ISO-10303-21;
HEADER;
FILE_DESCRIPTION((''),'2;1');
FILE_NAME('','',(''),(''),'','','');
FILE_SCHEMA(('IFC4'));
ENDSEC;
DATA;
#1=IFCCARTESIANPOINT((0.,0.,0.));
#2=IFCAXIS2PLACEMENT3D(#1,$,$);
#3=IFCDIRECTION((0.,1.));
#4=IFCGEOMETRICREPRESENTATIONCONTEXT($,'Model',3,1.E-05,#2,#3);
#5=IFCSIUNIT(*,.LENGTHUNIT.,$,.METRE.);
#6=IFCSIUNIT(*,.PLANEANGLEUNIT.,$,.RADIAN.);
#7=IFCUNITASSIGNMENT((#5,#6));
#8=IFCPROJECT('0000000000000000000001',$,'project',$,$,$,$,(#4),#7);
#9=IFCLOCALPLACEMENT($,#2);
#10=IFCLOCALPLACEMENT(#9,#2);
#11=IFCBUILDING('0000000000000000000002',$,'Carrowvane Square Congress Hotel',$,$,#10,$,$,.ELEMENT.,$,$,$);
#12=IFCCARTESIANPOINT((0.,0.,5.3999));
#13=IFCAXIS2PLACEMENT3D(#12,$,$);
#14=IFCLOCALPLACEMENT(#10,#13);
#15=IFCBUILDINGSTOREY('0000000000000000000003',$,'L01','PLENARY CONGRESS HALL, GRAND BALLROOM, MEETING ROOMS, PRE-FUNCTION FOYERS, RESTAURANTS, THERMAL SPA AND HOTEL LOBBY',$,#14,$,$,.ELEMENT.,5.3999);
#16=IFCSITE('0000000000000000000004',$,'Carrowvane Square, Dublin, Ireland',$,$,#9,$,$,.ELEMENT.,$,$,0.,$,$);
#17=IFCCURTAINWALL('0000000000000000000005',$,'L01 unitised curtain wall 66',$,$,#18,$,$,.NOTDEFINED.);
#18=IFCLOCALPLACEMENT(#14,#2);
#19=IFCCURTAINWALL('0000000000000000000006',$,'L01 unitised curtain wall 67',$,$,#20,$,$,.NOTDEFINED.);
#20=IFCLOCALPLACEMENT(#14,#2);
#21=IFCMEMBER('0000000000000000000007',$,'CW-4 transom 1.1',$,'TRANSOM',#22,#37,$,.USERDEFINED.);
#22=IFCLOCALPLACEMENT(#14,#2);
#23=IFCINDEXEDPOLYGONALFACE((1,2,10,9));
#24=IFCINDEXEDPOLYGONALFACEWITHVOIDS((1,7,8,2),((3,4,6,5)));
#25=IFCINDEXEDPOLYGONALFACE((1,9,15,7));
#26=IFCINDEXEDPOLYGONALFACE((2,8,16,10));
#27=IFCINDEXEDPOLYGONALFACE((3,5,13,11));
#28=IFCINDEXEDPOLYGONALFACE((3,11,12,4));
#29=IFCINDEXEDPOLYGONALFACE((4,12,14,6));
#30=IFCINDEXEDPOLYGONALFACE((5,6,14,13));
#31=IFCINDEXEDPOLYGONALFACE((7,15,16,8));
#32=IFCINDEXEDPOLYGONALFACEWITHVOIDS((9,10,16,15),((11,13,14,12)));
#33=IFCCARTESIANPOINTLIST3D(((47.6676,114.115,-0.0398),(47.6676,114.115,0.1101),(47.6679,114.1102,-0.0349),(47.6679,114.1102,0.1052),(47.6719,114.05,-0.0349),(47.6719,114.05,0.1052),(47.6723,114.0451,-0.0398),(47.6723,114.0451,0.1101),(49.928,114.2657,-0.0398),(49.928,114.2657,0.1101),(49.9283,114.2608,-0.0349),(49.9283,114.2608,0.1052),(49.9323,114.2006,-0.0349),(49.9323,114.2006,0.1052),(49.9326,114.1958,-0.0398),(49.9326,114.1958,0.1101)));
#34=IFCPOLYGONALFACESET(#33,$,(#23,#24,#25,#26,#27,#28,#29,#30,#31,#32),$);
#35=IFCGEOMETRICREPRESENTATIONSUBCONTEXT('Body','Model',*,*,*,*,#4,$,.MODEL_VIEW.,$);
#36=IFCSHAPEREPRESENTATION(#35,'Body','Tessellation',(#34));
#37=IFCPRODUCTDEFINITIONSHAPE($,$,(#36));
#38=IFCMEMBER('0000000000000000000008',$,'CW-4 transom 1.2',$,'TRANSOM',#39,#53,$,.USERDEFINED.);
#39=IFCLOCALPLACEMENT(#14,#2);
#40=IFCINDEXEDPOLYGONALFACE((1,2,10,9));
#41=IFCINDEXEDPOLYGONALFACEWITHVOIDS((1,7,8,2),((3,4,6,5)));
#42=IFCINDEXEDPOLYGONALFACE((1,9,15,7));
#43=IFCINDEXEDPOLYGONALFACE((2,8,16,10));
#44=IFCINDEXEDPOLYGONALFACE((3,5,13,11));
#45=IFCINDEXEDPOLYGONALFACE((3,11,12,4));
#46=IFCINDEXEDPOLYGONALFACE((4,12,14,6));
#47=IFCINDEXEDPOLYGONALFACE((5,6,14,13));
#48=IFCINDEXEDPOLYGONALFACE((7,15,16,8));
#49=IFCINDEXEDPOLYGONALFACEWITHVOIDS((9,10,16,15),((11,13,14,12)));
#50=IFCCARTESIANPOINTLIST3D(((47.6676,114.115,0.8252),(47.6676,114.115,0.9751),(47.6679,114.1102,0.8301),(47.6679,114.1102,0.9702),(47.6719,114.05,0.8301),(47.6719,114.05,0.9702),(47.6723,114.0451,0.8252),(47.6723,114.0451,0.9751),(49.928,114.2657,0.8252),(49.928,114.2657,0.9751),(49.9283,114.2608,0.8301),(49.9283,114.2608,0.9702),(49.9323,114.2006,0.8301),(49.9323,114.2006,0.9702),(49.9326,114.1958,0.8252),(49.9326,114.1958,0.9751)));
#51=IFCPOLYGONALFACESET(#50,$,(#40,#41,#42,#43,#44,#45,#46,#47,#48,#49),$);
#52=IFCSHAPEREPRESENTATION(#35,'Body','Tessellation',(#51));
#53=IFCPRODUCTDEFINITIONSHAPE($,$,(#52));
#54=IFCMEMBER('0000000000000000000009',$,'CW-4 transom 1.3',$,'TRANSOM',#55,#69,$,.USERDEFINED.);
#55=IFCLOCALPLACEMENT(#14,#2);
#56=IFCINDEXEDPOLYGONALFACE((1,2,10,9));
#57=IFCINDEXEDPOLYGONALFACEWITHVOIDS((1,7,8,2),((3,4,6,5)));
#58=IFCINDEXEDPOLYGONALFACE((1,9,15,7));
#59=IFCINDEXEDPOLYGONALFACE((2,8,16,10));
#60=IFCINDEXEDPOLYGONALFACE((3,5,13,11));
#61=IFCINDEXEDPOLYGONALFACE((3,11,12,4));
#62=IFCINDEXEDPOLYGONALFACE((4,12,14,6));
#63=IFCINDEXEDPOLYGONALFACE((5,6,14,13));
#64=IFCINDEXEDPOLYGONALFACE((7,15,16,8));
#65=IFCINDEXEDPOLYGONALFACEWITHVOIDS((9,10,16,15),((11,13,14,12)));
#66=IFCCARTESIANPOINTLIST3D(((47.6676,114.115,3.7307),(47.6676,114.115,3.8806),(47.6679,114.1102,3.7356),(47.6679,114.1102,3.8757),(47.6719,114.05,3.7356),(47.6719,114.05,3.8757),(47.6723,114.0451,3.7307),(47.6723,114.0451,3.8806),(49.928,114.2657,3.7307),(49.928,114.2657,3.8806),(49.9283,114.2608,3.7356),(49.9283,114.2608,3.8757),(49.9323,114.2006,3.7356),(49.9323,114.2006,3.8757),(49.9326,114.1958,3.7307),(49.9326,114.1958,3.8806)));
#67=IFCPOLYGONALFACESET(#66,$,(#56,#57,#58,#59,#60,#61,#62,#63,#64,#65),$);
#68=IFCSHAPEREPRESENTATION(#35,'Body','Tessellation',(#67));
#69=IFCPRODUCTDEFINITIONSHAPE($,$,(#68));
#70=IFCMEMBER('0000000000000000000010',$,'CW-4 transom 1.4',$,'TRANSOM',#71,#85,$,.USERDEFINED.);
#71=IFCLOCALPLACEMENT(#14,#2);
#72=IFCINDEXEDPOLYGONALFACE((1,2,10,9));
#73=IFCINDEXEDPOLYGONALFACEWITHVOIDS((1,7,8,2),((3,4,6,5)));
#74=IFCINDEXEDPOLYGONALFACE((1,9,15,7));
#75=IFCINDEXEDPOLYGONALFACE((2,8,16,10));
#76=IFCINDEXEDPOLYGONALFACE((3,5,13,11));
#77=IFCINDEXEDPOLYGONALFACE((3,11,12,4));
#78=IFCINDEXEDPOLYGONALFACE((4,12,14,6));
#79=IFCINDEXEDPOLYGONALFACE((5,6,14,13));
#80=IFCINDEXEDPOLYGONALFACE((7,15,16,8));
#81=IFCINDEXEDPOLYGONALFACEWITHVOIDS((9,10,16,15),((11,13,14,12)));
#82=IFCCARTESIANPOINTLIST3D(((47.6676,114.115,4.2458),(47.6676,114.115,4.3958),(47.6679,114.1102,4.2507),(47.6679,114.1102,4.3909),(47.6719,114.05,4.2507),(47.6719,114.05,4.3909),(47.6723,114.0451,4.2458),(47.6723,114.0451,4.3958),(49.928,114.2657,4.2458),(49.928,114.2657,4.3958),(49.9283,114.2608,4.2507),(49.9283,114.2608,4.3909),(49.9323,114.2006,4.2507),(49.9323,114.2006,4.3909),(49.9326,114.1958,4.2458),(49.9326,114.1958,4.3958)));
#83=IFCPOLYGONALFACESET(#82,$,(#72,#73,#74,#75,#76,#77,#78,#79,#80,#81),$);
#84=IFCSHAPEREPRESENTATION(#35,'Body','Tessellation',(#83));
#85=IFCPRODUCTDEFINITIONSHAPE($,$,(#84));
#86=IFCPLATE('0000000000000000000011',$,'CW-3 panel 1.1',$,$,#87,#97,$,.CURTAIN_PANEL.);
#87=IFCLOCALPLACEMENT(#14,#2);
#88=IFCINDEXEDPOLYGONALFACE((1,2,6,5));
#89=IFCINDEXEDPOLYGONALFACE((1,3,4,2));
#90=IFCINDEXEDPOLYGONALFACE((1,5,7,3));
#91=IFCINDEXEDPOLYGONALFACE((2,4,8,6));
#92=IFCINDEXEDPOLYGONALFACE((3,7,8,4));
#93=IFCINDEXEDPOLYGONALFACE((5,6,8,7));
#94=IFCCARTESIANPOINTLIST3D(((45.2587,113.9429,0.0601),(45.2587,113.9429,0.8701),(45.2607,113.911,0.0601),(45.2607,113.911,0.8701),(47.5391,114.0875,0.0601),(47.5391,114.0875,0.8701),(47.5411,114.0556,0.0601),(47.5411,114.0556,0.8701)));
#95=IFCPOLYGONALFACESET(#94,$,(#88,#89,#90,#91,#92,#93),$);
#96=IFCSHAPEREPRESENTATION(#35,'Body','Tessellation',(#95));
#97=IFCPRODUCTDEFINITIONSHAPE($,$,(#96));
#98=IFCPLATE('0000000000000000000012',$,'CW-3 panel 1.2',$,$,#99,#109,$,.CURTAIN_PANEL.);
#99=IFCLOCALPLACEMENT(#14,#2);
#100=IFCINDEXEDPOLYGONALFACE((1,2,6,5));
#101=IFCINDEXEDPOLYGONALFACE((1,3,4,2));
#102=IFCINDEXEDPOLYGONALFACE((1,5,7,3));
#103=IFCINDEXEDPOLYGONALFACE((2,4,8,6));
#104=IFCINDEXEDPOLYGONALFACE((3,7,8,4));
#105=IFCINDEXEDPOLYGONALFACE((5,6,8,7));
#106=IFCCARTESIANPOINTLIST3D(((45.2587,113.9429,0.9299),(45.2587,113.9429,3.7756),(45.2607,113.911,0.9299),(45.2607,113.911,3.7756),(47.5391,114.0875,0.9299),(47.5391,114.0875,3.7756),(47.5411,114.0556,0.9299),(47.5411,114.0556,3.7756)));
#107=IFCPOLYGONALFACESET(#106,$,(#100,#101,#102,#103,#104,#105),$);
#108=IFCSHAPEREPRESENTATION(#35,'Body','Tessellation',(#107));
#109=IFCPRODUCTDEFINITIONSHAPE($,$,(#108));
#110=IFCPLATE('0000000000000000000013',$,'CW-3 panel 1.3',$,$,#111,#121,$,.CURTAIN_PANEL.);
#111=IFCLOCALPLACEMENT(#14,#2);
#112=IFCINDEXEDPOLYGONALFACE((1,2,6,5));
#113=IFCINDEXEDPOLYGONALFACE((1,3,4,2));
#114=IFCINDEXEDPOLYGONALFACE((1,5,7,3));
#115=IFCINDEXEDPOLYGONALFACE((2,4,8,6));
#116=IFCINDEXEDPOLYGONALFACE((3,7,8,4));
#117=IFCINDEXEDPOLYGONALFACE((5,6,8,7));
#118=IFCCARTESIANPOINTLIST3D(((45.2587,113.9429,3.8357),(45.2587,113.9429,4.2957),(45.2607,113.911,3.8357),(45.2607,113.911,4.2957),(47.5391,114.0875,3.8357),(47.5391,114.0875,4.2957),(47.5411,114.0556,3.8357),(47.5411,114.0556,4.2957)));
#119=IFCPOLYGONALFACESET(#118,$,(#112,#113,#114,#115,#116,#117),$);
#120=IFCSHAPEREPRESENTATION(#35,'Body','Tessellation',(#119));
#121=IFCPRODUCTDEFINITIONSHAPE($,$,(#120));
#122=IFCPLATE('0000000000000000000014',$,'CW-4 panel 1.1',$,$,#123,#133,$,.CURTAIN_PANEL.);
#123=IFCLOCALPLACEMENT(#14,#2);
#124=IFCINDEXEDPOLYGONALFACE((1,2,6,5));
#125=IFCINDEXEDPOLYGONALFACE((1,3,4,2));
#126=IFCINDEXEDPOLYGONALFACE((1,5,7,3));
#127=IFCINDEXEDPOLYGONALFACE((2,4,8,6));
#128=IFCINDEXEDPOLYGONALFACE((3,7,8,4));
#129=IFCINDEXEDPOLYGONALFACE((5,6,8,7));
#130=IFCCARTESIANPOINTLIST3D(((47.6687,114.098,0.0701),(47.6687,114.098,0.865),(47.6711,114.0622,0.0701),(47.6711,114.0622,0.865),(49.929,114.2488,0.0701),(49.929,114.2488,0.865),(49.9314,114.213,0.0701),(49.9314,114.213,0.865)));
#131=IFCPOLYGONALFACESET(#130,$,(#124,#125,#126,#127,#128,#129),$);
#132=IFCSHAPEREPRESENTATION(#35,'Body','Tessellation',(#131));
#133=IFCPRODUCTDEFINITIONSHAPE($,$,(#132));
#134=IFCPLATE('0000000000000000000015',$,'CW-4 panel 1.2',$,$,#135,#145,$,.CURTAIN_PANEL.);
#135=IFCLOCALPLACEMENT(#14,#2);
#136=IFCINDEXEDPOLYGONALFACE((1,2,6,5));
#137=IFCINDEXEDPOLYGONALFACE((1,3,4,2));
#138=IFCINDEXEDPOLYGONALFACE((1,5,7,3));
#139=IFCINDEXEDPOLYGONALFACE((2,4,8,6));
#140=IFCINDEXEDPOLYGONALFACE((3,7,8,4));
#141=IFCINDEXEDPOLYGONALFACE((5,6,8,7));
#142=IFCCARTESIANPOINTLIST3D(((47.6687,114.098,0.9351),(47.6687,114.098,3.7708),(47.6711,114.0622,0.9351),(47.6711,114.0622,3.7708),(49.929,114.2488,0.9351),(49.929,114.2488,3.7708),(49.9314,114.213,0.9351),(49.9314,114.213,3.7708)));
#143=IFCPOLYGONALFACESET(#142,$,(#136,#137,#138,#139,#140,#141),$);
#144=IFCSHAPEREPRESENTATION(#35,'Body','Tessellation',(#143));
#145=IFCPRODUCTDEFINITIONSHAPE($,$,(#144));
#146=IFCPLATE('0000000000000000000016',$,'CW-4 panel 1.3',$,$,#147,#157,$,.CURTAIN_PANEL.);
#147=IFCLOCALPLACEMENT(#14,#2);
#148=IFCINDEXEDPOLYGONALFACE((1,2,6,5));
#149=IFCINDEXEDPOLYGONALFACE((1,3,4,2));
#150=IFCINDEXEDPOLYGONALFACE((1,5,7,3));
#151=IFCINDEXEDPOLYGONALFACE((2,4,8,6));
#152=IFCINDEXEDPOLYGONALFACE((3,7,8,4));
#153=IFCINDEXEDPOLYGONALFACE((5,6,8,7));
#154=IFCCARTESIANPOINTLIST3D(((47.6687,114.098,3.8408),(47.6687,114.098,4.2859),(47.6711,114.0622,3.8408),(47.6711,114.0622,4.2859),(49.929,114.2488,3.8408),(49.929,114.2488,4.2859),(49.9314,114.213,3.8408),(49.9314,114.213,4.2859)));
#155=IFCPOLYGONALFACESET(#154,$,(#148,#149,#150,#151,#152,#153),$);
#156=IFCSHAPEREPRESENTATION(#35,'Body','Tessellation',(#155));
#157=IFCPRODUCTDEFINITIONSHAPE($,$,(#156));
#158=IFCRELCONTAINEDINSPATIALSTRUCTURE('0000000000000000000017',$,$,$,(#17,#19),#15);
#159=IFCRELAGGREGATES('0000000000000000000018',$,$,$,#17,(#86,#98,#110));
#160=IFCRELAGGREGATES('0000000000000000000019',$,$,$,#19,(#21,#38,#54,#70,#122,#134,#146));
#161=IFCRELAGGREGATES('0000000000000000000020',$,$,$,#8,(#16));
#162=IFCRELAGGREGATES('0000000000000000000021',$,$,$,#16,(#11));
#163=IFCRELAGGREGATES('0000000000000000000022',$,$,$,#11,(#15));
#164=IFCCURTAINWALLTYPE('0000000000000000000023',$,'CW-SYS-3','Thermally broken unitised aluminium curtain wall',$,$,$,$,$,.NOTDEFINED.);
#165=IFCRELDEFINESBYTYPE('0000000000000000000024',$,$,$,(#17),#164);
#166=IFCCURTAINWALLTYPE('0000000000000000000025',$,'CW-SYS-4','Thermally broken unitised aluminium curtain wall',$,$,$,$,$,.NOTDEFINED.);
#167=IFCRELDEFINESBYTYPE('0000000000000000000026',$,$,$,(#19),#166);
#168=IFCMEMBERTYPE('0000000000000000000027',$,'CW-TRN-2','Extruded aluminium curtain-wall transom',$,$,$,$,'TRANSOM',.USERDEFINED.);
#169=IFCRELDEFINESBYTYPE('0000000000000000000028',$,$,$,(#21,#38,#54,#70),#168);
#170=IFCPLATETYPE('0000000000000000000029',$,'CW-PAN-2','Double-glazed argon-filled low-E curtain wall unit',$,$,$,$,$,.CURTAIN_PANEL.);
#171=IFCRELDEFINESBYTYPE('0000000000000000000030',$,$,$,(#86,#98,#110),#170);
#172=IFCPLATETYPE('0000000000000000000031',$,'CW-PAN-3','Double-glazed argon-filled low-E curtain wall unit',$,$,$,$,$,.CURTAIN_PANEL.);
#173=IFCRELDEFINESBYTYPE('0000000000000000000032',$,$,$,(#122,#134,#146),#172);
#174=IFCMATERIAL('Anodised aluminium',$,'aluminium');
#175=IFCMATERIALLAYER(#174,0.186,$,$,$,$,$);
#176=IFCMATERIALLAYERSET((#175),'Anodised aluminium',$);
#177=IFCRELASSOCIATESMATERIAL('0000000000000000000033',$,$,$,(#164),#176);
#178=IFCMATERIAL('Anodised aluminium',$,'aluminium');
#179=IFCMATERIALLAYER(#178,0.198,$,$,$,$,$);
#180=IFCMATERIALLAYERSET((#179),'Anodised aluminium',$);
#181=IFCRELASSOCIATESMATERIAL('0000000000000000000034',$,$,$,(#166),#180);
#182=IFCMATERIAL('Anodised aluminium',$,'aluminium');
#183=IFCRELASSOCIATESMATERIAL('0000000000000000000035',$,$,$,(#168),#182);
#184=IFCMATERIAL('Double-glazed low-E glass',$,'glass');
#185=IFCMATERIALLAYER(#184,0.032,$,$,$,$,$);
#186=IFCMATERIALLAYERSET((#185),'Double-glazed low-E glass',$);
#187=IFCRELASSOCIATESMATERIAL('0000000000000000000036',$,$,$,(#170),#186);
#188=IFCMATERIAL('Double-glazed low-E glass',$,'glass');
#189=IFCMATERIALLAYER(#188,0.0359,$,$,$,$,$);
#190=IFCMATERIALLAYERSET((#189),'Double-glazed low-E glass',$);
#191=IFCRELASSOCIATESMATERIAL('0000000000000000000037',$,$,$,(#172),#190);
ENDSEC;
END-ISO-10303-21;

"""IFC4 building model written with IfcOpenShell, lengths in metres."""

from ifc_helpers import new_model, si_unit, direction, frame, origin, origin_2d, place, context, subcontext, project, spatial, rectangle, hollow_rectangle, extrude, material, layer, layer_set, material_profile, profile_set, type_object, element, aggregate, save


model = new_model("IFC4")

# Units and contexts
model_context = context("Model", 3, precision=1e-05, world=origin(), true_north=direction((0.0, 1.0)))
body_context = subcontext(model_context, "Body", "Model", "MODEL_VIEW")
ifc_project = project(units=[si_unit("LENGTHUNIT", "METRE"), si_unit("PLANEANGLEUNIT", "RADIAN")], contexts=[model_context])

# Site, building, storey
site_placement = place(None, origin())
site = spatial("IfcSite", under=ifc_project, at=site_placement, Name="Carrowvane Square, Dublin, Ireland", CompositionType="ELEMENT", RefElevation=0.0)
building_placement = place(site_placement, origin())
building = spatial("IfcBuilding", under=site, at=building_placement, Name="Carrowvane Square Congress Hotel", CompositionType="ELEMENT")
storey_placement = place(building_placement, frame((0.0, 0.0, 5.3999)))
storey = spatial("IfcBuildingStorey", under=building, at=storey_placement, Name="L01", Description="PLENARY CONGRESS HALL, GRAND BALLROOM, MEETING ROOMS, PRE-FUNCTION FOYERS, RESTAURANTS, THERMAL SPA AND HOTEL LOBBY", CompositionType="ELEMENT", Elevation=5.3999)

# Curtain wall
ifc_material_1 = material(Name="Anodised aluminium", Category="aluminium")
ifc_layer_1 = layer(ifc_material_1, 0.186)
ifc_layer_set_1 = layer_set([ifc_layer_1], Name="Anodised aluminium")
curtain_wall_type_1 = type_object("IfcCurtainWallType", Name="CW-SYS-3", Description="Thermally broken unitised aluminium curtain wall", PredefinedType="NOTDEFINED", material=ifc_layer_set_1)
curtain_wall_1_placement = place(storey_placement, origin())
curtain_wall_1 = element("IfcCurtainWall", 1, at=curtain_wall_1_placement, inside=storey, type_object=curtain_wall_type_1, Name="L01 unitised curtain wall 66", PredefinedType="NOTDEFINED")

# Curtain wall
ifc_material_2 = material(Name="Anodised aluminium", Category="aluminium")
ifc_layer_2 = layer(ifc_material_2, 0.198)
ifc_layer_set_2 = layer_set([ifc_layer_2], Name="Anodised aluminium")
curtain_wall_type_2 = type_object("IfcCurtainWallType", Name="CW-SYS-4", Description="Thermally broken unitised aluminium curtain wall", PredefinedType="NOTDEFINED", material=ifc_layer_set_2)
curtain_wall_2_placement = place(storey_placement, origin())
curtain_wall_2 = element("IfcCurtainWall", 2, at=curtain_wall_2_placement, inside=storey, type_object=curtain_wall_type_2, Name="L01 unitised curtain wall 67", PredefinedType="NOTDEFINED")

# Members
ifc_material_3 = material(Name="Anodised aluminium", Category="aluminium")
ifc_material_profile_1 = material_profile(ifc_material_3, hollow_rectangle(XDim=0.0701, YDim=0.1499, WallThickness=0.0049, at=origin_2d()), Name="CW-TR 70x150x5")
ifc_profile_set_1 = profile_set([ifc_material_profile_1], Name="Anodised aluminium")
member_type_1 = type_object("IfcMemberType", Name="CW-TRN-2", Description="Extruded aluminium curtain-wall transom", ElementType="TRANSOM", PredefinedType="USERDEFINED", material=ifc_profile_set_1)
member_1_placement = place(storey_placement, frame((47.6699, 114.0801, 0.0352), z_axis=(0.997787, 0.066498, 0.0), x_axis=(-0.066498, 0.997787, 0.0)))
member_1 = element("IfcMember", 3, at=member_1_placement, type_object=member_type_1, Name="CW-4 transom 1.1", ObjectType="TRANSOM", PredefinedType="USERDEFINED", context=body_context, shape_type="SweptSolid", body=[
    extrude(hollow_rectangle(XDim=0.0701, YDim=0.1499, WallThickness=0.0049, at=origin_2d()), origin(), (0.0, 0.0, 1.0), 2.2654),
])
member_2_placement = place(storey_placement, frame((47.6699, 114.0801, 0.9001), z_axis=(0.997787, 0.066498, 0.0), x_axis=(-0.066498, 0.997787, 0.0)))
member_2 = element("IfcMember", 4, at=member_2_placement, type_object=member_type_1, Name="CW-4 transom 1.2", ObjectType="TRANSOM", PredefinedType="USERDEFINED", context=body_context, shape_type="SweptSolid", body=[
    extrude(hollow_rectangle(XDim=0.0701, YDim=0.1499, WallThickness=0.0049, at=origin_2d()), origin(), (0.0, 0.0, 1.0), 2.2654),
])
member_3_placement = place(storey_placement, frame((47.6699, 114.0801, 3.8057), z_axis=(0.997787, 0.066498, 0.0), x_axis=(-0.066498, 0.997787, 0.0)))
member_3 = element("IfcMember", 5, at=member_3_placement, type_object=member_type_1, Name="CW-4 transom 1.3", ObjectType="TRANSOM", PredefinedType="USERDEFINED", context=body_context, shape_type="SweptSolid", body=[
    extrude(hollow_rectangle(XDim=0.0701, YDim=0.1499, WallThickness=0.0049, at=origin_2d()), origin(), (0.0, 0.0, 1.0), 2.2654),
])
member_4_placement = place(storey_placement, frame((47.6699, 114.0801, 4.3208), z_axis=(0.997787, 0.066498, 0.0), x_axis=(-0.066498, 0.997787, 0.0)))
member_4 = element("IfcMember", 6, at=member_4_placement, type_object=member_type_1, Name="CW-4 transom 1.4", ObjectType="TRANSOM", PredefinedType="USERDEFINED", context=body_context, shape_type="SweptSolid", body=[
    extrude(hollow_rectangle(XDim=0.0701, YDim=0.1499, WallThickness=0.0049, at=origin_2d()), origin(), (0.0, 0.0, 1.0), 2.2654),
])

# Plates
ifc_material_4 = material(Name="Double-glazed low-E glass", Category="glass")
ifc_layer_3 = layer(ifc_material_4, 0.032)
ifc_layer_set_3 = layer_set([ifc_layer_3], Name="Double-glazed low-E glass")
plate_type_1 = type_object("IfcPlateType", Name="CW-PAN-2", Description="Double-glazed argon-filled low-E curtain wall unit", PredefinedType="CURTAIN_PANEL", material=ifc_layer_set_3)
plate_1_placement = place(storey_placement, frame((46.3999, 113.9993, 0.0601), z_axis=(0.0, 0.0, 1.0), x_axis=(0.997996, 0.063273, 0.0)))
plate_1 = element("IfcPlate", 7, at=plate_1_placement, type_object=plate_type_1, Name="CW-3 panel 1.1", PredefinedType="CURTAIN_PANEL", context=body_context, shape_type="SweptSolid", body=[
    extrude(rectangle(XDim=2.2849, YDim=0.032, at=origin_2d()), origin(), (0.0, 0.0, 1.0), 0.8101),
])
plate_2_placement = place(storey_placement, frame((46.3999, 113.9993, 0.9299), z_axis=(0.0, 0.0, 1.0), x_axis=(0.997996, 0.063273, 0.0)))
plate_2 = element("IfcPlate", 8, at=plate_2_placement, type_object=plate_type_1, Name="CW-3 panel 1.2", PredefinedType="CURTAIN_PANEL", context=body_context, shape_type="SweptSolid", body=[
    extrude(rectangle(XDim=2.2849, YDim=0.032, at=origin_2d()), origin(), (0.0, 0.0, 1.0), 2.8457),
])
plate_3_placement = place(storey_placement, frame((46.3999, 113.9993, 3.8357), z_axis=(0.0, 0.0, 1.0), x_axis=(0.997996, 0.063273, 0.0)))
plate_3 = element("IfcPlate", 9, at=plate_3_placement, type_object=plate_type_1, Name="CW-3 panel 1.3", PredefinedType="CURTAIN_PANEL", context=body_context, shape_type="SweptSolid", body=[
    extrude(rectangle(XDim=2.2849, YDim=0.032, at=origin_2d()), origin(), (0.0, 0.0, 1.0), 0.46),
])
aggregate(curtain_wall_1, [plate_1, plate_2, plate_3])
ifc_material_5 = material(Name="Double-glazed low-E glass", Category="glass")
ifc_layer_4 = layer(ifc_material_5, 0.0359)
ifc_layer_set_4 = layer_set([ifc_layer_4], Name="Double-glazed low-E glass")
plate_type_2 = type_object("IfcPlateType", Name="CW-PAN-3", Description="Double-glazed argon-filled low-E curtain wall unit", PredefinedType="CURTAIN_PANEL", material=ifc_layer_set_4)
plate_4_placement = place(storey_placement, frame((48.8, 114.1555, 0.0701), z_axis=(0.0, 0.0, 1.0), x_axis=(0.997781, 0.066578, 0.0)))
plate_4 = element("IfcPlate", 10, at=plate_4_placement, type_object=plate_type_2, Name="CW-4 panel 1.1", PredefinedType="CURTAIN_PANEL", context=body_context, shape_type="SweptSolid", body=[
    extrude(rectangle(XDim=2.2654, YDim=0.0359, at=origin_2d()), origin(), (0.0, 0.0, 1.0), 0.7949),
])
plate_5_placement = place(storey_placement, frame((48.8, 114.1555, 0.9351), z_axis=(0.0, 0.0, 1.0), x_axis=(0.997781, 0.066578, 0.0)))
plate_5 = element("IfcPlate", 11, at=plate_5_placement, type_object=plate_type_2, Name="CW-4 panel 1.2", PredefinedType="CURTAIN_PANEL", context=body_context, shape_type="SweptSolid", body=[
    extrude(rectangle(XDim=2.2654, YDim=0.0359, at=origin_2d()), origin(), (0.0, 0.0, 1.0), 2.8357),
])
plate_6_placement = place(storey_placement, frame((48.8, 114.1555, 3.8408), z_axis=(0.0, 0.0, 1.0), x_axis=(0.997781, 0.066578, 0.0)))
plate_6 = element("IfcPlate", 12, at=plate_6_placement, type_object=plate_type_2, Name="CW-4 panel 1.3", PredefinedType="CURTAIN_PANEL", context=body_context, shape_type="SweptSolid", body=[
    extrude(rectangle(XDim=2.2654, YDim=0.0359, at=origin_2d()), origin(), (0.0, 0.0, 1.0), 0.4451),
])
aggregate(curtain_wall_2, [member_1, member_2, member_3, member_4, plate_4, plate_5, plate_6])

save(model, "model.ifc")
